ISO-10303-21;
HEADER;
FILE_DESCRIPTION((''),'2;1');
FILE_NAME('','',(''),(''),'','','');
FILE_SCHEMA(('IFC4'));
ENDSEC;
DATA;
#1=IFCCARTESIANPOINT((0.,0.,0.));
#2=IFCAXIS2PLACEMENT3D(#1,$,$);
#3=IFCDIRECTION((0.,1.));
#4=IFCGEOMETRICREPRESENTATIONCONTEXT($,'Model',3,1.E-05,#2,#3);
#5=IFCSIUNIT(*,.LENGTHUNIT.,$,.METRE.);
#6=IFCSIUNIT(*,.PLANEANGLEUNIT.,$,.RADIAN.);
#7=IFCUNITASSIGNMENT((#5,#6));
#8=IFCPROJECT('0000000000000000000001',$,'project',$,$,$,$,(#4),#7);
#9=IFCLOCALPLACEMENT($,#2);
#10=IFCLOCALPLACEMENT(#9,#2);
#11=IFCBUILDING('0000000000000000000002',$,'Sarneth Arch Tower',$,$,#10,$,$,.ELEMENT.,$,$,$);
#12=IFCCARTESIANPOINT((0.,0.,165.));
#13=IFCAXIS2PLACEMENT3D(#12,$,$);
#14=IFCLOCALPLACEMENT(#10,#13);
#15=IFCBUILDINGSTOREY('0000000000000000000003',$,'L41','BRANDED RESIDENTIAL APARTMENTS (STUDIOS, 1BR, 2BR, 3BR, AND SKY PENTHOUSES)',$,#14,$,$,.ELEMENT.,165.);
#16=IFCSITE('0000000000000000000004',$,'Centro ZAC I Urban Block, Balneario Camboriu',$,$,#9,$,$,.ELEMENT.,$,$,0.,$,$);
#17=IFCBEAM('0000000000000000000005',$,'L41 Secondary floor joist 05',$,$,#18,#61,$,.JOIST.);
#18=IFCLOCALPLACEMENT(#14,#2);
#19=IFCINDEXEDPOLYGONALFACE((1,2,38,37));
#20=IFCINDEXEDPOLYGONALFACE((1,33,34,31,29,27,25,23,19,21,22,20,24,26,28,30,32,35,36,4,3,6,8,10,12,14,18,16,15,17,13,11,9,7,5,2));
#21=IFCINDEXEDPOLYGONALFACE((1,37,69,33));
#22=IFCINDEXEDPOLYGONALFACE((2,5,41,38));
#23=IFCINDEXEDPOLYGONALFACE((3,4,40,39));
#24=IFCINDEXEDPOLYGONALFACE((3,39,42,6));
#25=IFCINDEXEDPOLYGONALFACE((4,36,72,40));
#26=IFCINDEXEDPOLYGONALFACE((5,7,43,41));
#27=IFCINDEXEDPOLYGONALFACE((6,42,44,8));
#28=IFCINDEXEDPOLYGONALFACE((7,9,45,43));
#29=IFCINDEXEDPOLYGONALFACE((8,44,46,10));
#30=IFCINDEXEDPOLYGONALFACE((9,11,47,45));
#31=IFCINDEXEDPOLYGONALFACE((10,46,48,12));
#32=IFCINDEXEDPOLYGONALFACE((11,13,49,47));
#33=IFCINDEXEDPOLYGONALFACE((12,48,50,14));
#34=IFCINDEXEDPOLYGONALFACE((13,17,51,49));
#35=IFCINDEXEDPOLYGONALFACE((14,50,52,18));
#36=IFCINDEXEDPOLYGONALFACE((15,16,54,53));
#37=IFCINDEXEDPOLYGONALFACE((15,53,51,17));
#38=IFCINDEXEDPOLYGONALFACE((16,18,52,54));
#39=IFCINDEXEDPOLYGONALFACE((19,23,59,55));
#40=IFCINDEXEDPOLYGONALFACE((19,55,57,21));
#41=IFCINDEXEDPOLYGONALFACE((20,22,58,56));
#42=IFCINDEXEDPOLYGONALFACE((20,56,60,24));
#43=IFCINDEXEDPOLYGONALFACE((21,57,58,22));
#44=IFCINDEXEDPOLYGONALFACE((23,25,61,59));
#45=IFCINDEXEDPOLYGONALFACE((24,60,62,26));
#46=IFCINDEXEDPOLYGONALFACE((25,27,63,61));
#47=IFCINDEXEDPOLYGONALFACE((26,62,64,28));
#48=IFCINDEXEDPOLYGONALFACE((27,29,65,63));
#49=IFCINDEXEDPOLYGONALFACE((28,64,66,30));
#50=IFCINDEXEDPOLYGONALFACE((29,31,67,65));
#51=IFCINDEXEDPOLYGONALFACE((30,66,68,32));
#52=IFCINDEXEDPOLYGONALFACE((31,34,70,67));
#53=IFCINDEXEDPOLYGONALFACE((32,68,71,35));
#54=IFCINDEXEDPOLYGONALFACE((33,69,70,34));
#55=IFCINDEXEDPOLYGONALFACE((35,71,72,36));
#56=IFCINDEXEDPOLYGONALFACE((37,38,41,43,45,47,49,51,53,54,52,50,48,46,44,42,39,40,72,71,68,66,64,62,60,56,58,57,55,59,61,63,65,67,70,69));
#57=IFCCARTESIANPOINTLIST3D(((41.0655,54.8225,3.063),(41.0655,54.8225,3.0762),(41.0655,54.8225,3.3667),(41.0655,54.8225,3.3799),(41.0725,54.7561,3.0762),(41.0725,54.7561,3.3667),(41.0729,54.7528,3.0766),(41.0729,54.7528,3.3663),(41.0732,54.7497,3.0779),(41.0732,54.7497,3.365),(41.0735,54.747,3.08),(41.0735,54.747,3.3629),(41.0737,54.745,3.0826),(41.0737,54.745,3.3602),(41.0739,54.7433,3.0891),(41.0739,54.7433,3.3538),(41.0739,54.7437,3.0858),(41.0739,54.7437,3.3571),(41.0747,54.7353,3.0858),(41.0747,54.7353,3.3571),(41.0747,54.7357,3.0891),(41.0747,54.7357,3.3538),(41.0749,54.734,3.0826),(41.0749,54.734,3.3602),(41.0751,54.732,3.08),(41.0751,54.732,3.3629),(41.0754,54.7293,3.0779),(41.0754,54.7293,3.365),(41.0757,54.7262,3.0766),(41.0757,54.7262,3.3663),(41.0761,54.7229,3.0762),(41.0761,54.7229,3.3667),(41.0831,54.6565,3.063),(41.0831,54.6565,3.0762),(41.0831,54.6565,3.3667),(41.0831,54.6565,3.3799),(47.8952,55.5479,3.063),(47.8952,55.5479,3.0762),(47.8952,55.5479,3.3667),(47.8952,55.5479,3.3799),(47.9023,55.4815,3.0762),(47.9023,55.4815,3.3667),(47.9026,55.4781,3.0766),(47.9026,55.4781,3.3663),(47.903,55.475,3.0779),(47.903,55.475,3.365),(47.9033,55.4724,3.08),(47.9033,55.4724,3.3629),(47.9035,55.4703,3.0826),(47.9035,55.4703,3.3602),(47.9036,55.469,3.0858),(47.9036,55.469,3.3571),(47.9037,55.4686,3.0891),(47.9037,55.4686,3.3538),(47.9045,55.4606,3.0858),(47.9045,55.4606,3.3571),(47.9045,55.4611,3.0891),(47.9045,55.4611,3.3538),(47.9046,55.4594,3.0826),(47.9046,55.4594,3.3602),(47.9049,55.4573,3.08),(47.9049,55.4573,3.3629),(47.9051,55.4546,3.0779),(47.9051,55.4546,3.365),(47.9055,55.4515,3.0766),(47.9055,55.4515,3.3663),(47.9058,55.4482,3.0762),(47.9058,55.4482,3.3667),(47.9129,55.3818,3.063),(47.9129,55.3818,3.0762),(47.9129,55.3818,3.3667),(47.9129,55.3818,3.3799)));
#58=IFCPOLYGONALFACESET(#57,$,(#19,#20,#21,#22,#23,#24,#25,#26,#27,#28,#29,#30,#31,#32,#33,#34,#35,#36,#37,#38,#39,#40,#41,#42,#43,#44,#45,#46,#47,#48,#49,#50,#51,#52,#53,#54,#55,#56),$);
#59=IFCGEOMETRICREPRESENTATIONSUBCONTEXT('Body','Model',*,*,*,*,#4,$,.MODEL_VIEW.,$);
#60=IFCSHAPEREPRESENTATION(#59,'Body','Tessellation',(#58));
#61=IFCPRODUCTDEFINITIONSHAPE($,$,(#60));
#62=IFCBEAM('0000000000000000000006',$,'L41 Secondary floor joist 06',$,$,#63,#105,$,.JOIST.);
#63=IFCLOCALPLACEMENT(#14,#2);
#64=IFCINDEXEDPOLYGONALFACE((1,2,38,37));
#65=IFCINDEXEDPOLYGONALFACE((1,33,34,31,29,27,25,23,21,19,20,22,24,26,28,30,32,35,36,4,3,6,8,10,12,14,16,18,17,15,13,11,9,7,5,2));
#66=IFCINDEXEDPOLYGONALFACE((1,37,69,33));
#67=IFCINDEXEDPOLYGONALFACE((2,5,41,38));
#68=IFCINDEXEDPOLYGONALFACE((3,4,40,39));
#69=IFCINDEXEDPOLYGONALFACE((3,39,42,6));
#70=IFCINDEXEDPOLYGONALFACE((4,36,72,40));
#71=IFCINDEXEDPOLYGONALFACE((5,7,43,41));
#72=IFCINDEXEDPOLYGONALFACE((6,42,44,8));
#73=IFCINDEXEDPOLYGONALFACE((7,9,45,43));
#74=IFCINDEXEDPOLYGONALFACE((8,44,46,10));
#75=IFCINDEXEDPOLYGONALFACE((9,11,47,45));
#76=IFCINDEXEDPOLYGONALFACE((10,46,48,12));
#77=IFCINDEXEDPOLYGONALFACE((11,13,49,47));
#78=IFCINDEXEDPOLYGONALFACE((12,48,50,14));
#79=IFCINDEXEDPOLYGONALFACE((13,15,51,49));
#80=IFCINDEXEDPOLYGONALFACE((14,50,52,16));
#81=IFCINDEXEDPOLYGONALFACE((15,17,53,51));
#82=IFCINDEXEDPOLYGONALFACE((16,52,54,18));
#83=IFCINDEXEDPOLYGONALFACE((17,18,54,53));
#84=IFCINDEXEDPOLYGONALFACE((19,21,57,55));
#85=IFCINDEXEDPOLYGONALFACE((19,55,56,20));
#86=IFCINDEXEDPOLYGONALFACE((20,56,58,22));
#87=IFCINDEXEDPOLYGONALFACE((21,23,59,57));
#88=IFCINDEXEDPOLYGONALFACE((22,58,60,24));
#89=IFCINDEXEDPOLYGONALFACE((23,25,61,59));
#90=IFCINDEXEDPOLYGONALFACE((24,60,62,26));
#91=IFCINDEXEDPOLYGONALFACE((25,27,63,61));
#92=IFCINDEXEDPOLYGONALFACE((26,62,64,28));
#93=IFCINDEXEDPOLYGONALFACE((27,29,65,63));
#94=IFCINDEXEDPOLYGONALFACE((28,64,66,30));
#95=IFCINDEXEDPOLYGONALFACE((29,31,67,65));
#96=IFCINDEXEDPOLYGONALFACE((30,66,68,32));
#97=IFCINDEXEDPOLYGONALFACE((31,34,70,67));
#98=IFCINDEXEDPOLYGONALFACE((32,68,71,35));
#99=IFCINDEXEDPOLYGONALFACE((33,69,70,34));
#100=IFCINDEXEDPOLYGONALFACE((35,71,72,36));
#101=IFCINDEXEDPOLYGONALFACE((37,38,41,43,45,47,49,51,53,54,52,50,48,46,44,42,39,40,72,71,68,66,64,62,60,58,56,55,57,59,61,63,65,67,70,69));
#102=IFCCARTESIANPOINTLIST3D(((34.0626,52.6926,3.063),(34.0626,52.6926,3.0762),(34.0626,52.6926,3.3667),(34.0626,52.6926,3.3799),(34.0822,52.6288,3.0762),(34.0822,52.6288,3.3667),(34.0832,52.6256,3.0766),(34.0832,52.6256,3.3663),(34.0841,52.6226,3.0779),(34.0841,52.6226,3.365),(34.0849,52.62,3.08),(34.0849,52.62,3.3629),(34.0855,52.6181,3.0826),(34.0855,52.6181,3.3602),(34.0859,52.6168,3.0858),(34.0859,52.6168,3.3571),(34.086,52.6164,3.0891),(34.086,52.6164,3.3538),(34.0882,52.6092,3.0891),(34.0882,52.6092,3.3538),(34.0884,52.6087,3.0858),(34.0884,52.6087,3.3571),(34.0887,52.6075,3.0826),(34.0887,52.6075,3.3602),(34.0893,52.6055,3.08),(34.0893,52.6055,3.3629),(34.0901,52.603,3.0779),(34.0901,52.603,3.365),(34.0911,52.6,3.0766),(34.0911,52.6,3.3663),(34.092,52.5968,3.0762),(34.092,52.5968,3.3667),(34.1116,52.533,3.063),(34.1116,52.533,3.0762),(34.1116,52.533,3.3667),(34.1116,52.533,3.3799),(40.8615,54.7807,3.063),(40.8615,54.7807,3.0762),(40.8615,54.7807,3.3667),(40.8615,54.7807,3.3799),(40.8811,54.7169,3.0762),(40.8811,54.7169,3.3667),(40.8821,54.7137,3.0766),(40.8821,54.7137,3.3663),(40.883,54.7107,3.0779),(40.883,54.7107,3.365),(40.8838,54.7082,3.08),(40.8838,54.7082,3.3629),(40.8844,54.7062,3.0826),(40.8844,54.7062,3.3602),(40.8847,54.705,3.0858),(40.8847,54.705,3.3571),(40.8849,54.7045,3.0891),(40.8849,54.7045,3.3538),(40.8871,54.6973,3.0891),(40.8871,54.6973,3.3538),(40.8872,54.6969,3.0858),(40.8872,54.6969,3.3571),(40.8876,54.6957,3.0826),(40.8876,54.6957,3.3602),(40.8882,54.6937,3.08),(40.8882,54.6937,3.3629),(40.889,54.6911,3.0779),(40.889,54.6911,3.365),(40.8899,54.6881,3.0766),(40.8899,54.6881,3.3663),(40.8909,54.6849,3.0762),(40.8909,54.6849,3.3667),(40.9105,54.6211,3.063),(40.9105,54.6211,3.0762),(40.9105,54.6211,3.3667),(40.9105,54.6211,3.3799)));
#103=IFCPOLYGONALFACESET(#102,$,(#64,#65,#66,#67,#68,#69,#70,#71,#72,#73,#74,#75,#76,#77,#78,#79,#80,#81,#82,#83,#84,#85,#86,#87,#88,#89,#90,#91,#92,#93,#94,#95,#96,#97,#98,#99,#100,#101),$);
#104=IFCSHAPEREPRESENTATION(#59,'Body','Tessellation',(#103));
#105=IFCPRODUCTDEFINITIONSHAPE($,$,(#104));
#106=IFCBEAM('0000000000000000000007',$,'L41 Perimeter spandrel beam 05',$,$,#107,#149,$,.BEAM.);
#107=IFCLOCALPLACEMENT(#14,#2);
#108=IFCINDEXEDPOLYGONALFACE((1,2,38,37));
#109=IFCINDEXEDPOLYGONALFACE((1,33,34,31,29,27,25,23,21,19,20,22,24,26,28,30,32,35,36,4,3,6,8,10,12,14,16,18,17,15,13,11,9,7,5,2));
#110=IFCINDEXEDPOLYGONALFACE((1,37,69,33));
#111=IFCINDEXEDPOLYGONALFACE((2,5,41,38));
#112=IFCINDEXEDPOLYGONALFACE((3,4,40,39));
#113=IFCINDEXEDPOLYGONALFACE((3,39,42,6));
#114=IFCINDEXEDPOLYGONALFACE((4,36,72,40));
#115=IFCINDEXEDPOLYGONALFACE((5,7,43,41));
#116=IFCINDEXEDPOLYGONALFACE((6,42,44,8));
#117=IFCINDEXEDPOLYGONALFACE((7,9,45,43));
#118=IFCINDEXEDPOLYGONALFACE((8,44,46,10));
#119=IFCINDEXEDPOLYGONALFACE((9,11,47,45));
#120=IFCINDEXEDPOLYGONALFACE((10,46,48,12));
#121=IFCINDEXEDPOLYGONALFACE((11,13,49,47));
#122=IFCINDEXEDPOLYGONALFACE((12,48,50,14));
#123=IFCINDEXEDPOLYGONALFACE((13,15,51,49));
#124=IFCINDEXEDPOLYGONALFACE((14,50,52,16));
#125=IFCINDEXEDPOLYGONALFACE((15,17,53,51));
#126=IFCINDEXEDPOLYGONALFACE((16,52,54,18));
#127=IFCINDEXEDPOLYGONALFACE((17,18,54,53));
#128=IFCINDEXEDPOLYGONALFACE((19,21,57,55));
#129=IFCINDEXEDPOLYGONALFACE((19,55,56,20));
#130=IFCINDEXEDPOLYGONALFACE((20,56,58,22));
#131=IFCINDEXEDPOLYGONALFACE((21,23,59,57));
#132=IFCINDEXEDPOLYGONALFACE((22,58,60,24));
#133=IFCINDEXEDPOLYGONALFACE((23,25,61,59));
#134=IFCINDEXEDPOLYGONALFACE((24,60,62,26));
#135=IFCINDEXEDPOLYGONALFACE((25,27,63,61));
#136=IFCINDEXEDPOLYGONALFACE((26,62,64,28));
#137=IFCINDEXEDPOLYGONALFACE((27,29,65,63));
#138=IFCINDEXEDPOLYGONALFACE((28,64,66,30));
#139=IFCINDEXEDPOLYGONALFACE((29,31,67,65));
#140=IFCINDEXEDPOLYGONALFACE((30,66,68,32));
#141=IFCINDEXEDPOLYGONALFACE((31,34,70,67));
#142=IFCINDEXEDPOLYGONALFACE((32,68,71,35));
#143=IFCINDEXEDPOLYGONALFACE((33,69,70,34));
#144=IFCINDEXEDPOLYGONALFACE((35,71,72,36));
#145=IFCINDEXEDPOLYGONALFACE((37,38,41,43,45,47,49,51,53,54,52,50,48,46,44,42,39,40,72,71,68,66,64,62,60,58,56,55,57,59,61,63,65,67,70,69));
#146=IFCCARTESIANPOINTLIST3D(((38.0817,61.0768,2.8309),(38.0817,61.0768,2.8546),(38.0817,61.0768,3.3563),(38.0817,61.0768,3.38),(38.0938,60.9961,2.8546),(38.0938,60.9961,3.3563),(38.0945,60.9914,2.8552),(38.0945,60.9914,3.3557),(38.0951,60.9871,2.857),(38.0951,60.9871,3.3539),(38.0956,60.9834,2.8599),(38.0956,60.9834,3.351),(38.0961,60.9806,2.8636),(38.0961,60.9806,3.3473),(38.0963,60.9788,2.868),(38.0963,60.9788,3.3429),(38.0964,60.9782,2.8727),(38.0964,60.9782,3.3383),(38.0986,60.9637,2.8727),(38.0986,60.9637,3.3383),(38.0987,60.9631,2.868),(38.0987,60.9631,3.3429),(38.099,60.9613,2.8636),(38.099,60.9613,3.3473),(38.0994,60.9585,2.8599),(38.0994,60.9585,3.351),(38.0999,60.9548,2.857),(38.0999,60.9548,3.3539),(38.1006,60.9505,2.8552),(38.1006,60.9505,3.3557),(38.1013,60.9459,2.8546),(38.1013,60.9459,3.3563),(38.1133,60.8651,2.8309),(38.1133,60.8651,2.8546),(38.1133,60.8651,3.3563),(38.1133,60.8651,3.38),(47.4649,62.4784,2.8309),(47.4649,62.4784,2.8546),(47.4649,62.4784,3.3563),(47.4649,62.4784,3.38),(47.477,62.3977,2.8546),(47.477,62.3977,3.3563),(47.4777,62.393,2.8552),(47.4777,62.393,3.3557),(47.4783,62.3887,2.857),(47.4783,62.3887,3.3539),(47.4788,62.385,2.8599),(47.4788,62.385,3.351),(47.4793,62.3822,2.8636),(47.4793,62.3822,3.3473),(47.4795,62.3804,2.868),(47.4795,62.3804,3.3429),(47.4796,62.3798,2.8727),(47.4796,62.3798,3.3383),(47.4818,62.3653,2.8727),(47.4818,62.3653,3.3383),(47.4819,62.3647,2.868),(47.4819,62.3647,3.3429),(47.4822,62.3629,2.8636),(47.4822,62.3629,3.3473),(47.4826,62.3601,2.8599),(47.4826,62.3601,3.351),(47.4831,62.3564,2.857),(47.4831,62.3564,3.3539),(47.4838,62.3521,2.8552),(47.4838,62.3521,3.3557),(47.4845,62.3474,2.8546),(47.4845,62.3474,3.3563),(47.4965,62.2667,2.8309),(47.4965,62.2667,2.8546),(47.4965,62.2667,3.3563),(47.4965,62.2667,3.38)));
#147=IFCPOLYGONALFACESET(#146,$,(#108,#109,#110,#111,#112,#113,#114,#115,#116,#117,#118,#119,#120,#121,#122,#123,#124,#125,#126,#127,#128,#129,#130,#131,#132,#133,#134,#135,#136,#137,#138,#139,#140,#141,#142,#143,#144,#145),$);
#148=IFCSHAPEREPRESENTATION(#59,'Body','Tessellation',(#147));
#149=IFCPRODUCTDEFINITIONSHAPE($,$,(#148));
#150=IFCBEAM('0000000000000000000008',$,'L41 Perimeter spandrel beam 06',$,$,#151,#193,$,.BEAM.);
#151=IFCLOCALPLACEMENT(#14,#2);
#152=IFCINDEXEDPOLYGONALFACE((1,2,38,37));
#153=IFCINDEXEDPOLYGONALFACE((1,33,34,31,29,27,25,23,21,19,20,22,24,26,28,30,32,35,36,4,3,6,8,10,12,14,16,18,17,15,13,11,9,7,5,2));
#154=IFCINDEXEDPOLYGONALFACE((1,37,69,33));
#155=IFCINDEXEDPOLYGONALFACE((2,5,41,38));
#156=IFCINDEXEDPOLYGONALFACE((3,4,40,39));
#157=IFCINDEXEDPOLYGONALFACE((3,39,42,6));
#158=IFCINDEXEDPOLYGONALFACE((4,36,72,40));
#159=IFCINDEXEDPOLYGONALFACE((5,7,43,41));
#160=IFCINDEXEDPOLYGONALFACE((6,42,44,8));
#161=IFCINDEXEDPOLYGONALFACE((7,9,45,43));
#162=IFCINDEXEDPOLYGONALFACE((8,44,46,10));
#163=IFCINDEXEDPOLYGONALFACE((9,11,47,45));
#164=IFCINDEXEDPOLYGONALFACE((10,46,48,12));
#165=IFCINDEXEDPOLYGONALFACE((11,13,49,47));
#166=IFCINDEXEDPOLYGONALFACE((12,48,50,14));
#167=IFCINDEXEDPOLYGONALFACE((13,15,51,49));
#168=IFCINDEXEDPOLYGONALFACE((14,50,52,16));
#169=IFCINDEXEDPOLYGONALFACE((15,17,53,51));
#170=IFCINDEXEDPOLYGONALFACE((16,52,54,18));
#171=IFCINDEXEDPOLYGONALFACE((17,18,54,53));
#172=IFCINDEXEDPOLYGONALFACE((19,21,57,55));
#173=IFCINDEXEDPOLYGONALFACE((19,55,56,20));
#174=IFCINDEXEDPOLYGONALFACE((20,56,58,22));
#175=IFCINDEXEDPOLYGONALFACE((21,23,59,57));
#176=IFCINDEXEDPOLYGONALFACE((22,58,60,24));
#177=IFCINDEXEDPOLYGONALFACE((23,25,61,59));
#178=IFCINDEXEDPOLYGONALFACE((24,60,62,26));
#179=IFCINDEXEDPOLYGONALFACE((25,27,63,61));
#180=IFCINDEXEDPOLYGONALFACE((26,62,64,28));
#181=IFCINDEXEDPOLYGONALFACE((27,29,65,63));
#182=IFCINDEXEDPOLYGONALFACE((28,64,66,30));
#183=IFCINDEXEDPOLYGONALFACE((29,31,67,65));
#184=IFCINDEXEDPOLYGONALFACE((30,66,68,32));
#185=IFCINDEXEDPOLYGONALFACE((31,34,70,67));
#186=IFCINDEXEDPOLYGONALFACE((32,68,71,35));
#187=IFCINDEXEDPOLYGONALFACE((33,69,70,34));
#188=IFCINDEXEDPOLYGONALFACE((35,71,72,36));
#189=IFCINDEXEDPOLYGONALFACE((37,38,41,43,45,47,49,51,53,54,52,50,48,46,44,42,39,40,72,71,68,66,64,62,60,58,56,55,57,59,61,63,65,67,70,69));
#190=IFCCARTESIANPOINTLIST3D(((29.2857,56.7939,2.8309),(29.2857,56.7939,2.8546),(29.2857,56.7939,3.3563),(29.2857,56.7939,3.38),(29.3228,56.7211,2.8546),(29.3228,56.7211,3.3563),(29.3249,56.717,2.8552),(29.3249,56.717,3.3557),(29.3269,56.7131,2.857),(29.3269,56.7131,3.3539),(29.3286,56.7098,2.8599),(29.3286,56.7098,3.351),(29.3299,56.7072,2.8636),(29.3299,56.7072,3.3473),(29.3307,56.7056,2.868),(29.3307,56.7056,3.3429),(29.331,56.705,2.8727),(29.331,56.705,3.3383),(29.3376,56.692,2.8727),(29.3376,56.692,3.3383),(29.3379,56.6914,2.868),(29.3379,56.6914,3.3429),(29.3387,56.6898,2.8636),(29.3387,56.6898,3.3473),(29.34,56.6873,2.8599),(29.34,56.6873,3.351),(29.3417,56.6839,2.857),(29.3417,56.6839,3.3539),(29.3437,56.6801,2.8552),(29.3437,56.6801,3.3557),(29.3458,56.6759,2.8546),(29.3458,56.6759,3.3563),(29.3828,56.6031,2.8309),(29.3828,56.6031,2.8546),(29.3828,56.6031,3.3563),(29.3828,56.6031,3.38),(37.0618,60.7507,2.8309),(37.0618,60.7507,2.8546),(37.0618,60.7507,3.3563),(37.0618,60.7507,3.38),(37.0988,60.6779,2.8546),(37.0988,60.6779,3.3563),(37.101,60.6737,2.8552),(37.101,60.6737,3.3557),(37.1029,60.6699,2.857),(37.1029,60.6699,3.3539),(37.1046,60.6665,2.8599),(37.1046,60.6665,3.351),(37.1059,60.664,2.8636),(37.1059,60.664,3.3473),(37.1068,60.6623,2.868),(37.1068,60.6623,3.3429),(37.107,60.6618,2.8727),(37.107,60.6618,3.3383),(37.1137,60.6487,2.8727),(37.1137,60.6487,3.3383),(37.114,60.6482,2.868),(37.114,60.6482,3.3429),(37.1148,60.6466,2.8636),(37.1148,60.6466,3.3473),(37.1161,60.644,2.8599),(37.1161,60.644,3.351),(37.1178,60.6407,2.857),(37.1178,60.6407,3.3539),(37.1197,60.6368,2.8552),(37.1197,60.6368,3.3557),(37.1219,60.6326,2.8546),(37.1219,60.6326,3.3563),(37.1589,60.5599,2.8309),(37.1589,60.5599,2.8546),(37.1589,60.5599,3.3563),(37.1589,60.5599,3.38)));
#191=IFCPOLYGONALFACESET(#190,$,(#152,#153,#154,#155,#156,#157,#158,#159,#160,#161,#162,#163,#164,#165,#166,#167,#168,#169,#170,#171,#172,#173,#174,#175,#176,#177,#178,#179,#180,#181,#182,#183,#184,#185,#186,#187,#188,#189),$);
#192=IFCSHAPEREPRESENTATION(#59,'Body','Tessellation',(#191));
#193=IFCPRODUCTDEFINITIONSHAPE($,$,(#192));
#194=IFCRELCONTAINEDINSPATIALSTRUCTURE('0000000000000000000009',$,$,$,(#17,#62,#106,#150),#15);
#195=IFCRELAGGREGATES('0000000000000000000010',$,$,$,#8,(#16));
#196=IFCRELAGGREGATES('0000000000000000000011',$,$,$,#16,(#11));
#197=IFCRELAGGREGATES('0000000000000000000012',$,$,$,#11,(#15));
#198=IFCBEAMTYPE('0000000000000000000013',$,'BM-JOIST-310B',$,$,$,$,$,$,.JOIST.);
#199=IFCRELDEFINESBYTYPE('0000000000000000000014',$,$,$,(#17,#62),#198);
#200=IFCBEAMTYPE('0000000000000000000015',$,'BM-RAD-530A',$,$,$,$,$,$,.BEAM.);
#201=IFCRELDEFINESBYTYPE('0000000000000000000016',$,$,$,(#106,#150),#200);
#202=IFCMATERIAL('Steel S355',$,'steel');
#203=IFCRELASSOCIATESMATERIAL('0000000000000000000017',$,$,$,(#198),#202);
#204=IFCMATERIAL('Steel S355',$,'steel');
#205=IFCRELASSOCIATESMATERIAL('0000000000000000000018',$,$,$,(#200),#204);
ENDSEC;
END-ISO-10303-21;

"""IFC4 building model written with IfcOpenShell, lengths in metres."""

from ifc_helpers import new_model, si_unit, direction, frame, origin, origin_2d, place, context, subcontext, project, spatial, i_section, extrude, material, material_profile, profile_set, type_object, element, save


model = new_model("IFC4")

# Units and contexts
model_context = context("Model", 3, precision=1e-05, world=origin(), true_north=direction((0.0, 1.0)))
body_context = subcontext(model_context, "Body", "Model", "MODEL_VIEW")
ifc_project = project(units=[si_unit("LENGTHUNIT", "METRE"), si_unit("PLANEANGLEUNIT", "RADIAN")], contexts=[model_context])

# Site, building, storey
site_placement = place(None, origin())
site = spatial("IfcSite", under=ifc_project, at=site_placement, Name="Centro ZAC I Urban Block, Balneario Camboriu", CompositionType="ELEMENT", RefElevation=0.0)
building_placement = place(site_placement, origin())
building = spatial("IfcBuilding", under=site, at=building_placement, Name="Sarneth Arch Tower", CompositionType="ELEMENT")
storey_placement = place(building_placement, frame((0.0, 0.0, 165.0)))
storey = spatial("IfcBuildingStorey", under=building, at=storey_placement, Name="L41", Description="BRANDED RESIDENTIAL APARTMENTS (STUDIOS, 1BR, 2BR, 3BR, AND SKY PENTHOUSES)", CompositionType="ELEMENT", Elevation=165.0)

# Beams
ifc_material_1 = material(Name="Steel S355", Category="steel")
ifc_material_profile_1 = material_profile(ifc_material_1, i_section(OverallWidth=0.167, OverallDepth=0.3169, WebThickness=0.0076, FlangeThickness=0.0132, FilletRadius=0.0129, at=origin_2d()), Name="W310x52")
ifc_profile_set_1 = profile_set([ifc_material_profile_1], Name="Steel S355")
beam_type_1 = type_object("IfcBeamType", Name="BM-JOIST-310B", PredefinedType="JOIST", material=ifc_profile_set_1)
beam_1_placement = place(storey_placement, frame((47.9041, 55.4648, 3.2214), z_axis=(-0.994408, -0.105608, 0.0), x_axis=(0.105608, -0.994408, 0.0)))
element("IfcBeam", 1, at=beam_1_placement, inside=storey, type_object=beam_type_1, Name="L41 Secondary floor joist 05", PredefinedType="JOIST", context=body_context, shape_type="SweptSolid", body=[
    extrude(i_section(OverallWidth=0.167, OverallDepth=0.3169, WebThickness=0.0076, FlangeThickness=0.0132, FilletRadius=0.0129, at=origin_2d()), origin(), (0.0, 0.0, 1.0), 6.8682),
])
beam_2_placement = place(storey_placement, frame((40.886, 54.7009, 3.2214), z_axis=(-0.95593, -0.293596, 0.0), x_axis=(0.293596, -0.95593, 0.0)))
element("IfcBeam", 2, at=beam_2_placement, inside=storey, type_object=beam_type_1, Name="L41 Secondary floor joist 06", PredefinedType="JOIST", context=body_context, shape_type="SweptSolid", body=[
    extrude(i_section(OverallWidth=0.167, OverallDepth=0.3169, WebThickness=0.0076, FlangeThickness=0.0132, FilletRadius=0.0129, at=origin_2d()), origin(), (0.0, 0.0, 1.0), 7.1123),
])
ifc_material_2 = material(Name="Steel S355", Category="steel")
ifc_material_profile_2 = material_profile(ifc_material_2, i_section(OverallWidth=0.2141, OverallDepth=0.5491, WebThickness=0.0146, FlangeThickness=0.0237, FilletRadius=0.0181, at=origin_2d()), Name="W530x138")
ifc_profile_set_2 = profile_set([ifc_material_profile_2], Name="Steel S355")
beam_type_2 = type_object("IfcBeamType", Name="BM-RAD-530A", PredefinedType="BEAM", material=ifc_profile_set_2)
beam_3_placement = place(storey_placement, frame((47.4807, 62.3726, 3.1055), z_axis=(-0.989027, -0.147734, 0.0), x_axis=(0.147734, -0.989027, 0.0)))
element("IfcBeam", 3, at=beam_3_placement, inside=storey, type_object=beam_type_2, Name="L41 Perimeter spandrel beam 05", PredefinedType="BEAM", context=body_context, shape_type="SweptSolid", body=[
    extrude(i_section(OverallWidth=0.2141, OverallDepth=0.5491, WebThickness=0.0146, FlangeThickness=0.0237, FilletRadius=0.0181, at=origin_2d()), origin(), (0.0, 0.0, 1.0), 9.4873),
])
beam_4_placement = place(storey_placement, frame((37.1104, 60.6553, 3.1055), z_axis=(-0.891254, -0.453504, 0.0), x_axis=(0.453504, -0.891254, 0.0)))
element("IfcBeam", 4, at=beam_4_placement, inside=storey, type_object=beam_type_2, Name="L41 Perimeter spandrel beam 06", PredefinedType="BEAM", context=body_context, shape_type="SweptSolid", body=[
    extrude(i_section(OverallWidth=0.2141, OverallDepth=0.5491, WebThickness=0.0146, FlangeThickness=0.0237, FilletRadius=0.0181, at=origin_2d()), origin(), (0.0, 0.0, 1.0), 8.7249),
])

save(model, "model.ifc")
